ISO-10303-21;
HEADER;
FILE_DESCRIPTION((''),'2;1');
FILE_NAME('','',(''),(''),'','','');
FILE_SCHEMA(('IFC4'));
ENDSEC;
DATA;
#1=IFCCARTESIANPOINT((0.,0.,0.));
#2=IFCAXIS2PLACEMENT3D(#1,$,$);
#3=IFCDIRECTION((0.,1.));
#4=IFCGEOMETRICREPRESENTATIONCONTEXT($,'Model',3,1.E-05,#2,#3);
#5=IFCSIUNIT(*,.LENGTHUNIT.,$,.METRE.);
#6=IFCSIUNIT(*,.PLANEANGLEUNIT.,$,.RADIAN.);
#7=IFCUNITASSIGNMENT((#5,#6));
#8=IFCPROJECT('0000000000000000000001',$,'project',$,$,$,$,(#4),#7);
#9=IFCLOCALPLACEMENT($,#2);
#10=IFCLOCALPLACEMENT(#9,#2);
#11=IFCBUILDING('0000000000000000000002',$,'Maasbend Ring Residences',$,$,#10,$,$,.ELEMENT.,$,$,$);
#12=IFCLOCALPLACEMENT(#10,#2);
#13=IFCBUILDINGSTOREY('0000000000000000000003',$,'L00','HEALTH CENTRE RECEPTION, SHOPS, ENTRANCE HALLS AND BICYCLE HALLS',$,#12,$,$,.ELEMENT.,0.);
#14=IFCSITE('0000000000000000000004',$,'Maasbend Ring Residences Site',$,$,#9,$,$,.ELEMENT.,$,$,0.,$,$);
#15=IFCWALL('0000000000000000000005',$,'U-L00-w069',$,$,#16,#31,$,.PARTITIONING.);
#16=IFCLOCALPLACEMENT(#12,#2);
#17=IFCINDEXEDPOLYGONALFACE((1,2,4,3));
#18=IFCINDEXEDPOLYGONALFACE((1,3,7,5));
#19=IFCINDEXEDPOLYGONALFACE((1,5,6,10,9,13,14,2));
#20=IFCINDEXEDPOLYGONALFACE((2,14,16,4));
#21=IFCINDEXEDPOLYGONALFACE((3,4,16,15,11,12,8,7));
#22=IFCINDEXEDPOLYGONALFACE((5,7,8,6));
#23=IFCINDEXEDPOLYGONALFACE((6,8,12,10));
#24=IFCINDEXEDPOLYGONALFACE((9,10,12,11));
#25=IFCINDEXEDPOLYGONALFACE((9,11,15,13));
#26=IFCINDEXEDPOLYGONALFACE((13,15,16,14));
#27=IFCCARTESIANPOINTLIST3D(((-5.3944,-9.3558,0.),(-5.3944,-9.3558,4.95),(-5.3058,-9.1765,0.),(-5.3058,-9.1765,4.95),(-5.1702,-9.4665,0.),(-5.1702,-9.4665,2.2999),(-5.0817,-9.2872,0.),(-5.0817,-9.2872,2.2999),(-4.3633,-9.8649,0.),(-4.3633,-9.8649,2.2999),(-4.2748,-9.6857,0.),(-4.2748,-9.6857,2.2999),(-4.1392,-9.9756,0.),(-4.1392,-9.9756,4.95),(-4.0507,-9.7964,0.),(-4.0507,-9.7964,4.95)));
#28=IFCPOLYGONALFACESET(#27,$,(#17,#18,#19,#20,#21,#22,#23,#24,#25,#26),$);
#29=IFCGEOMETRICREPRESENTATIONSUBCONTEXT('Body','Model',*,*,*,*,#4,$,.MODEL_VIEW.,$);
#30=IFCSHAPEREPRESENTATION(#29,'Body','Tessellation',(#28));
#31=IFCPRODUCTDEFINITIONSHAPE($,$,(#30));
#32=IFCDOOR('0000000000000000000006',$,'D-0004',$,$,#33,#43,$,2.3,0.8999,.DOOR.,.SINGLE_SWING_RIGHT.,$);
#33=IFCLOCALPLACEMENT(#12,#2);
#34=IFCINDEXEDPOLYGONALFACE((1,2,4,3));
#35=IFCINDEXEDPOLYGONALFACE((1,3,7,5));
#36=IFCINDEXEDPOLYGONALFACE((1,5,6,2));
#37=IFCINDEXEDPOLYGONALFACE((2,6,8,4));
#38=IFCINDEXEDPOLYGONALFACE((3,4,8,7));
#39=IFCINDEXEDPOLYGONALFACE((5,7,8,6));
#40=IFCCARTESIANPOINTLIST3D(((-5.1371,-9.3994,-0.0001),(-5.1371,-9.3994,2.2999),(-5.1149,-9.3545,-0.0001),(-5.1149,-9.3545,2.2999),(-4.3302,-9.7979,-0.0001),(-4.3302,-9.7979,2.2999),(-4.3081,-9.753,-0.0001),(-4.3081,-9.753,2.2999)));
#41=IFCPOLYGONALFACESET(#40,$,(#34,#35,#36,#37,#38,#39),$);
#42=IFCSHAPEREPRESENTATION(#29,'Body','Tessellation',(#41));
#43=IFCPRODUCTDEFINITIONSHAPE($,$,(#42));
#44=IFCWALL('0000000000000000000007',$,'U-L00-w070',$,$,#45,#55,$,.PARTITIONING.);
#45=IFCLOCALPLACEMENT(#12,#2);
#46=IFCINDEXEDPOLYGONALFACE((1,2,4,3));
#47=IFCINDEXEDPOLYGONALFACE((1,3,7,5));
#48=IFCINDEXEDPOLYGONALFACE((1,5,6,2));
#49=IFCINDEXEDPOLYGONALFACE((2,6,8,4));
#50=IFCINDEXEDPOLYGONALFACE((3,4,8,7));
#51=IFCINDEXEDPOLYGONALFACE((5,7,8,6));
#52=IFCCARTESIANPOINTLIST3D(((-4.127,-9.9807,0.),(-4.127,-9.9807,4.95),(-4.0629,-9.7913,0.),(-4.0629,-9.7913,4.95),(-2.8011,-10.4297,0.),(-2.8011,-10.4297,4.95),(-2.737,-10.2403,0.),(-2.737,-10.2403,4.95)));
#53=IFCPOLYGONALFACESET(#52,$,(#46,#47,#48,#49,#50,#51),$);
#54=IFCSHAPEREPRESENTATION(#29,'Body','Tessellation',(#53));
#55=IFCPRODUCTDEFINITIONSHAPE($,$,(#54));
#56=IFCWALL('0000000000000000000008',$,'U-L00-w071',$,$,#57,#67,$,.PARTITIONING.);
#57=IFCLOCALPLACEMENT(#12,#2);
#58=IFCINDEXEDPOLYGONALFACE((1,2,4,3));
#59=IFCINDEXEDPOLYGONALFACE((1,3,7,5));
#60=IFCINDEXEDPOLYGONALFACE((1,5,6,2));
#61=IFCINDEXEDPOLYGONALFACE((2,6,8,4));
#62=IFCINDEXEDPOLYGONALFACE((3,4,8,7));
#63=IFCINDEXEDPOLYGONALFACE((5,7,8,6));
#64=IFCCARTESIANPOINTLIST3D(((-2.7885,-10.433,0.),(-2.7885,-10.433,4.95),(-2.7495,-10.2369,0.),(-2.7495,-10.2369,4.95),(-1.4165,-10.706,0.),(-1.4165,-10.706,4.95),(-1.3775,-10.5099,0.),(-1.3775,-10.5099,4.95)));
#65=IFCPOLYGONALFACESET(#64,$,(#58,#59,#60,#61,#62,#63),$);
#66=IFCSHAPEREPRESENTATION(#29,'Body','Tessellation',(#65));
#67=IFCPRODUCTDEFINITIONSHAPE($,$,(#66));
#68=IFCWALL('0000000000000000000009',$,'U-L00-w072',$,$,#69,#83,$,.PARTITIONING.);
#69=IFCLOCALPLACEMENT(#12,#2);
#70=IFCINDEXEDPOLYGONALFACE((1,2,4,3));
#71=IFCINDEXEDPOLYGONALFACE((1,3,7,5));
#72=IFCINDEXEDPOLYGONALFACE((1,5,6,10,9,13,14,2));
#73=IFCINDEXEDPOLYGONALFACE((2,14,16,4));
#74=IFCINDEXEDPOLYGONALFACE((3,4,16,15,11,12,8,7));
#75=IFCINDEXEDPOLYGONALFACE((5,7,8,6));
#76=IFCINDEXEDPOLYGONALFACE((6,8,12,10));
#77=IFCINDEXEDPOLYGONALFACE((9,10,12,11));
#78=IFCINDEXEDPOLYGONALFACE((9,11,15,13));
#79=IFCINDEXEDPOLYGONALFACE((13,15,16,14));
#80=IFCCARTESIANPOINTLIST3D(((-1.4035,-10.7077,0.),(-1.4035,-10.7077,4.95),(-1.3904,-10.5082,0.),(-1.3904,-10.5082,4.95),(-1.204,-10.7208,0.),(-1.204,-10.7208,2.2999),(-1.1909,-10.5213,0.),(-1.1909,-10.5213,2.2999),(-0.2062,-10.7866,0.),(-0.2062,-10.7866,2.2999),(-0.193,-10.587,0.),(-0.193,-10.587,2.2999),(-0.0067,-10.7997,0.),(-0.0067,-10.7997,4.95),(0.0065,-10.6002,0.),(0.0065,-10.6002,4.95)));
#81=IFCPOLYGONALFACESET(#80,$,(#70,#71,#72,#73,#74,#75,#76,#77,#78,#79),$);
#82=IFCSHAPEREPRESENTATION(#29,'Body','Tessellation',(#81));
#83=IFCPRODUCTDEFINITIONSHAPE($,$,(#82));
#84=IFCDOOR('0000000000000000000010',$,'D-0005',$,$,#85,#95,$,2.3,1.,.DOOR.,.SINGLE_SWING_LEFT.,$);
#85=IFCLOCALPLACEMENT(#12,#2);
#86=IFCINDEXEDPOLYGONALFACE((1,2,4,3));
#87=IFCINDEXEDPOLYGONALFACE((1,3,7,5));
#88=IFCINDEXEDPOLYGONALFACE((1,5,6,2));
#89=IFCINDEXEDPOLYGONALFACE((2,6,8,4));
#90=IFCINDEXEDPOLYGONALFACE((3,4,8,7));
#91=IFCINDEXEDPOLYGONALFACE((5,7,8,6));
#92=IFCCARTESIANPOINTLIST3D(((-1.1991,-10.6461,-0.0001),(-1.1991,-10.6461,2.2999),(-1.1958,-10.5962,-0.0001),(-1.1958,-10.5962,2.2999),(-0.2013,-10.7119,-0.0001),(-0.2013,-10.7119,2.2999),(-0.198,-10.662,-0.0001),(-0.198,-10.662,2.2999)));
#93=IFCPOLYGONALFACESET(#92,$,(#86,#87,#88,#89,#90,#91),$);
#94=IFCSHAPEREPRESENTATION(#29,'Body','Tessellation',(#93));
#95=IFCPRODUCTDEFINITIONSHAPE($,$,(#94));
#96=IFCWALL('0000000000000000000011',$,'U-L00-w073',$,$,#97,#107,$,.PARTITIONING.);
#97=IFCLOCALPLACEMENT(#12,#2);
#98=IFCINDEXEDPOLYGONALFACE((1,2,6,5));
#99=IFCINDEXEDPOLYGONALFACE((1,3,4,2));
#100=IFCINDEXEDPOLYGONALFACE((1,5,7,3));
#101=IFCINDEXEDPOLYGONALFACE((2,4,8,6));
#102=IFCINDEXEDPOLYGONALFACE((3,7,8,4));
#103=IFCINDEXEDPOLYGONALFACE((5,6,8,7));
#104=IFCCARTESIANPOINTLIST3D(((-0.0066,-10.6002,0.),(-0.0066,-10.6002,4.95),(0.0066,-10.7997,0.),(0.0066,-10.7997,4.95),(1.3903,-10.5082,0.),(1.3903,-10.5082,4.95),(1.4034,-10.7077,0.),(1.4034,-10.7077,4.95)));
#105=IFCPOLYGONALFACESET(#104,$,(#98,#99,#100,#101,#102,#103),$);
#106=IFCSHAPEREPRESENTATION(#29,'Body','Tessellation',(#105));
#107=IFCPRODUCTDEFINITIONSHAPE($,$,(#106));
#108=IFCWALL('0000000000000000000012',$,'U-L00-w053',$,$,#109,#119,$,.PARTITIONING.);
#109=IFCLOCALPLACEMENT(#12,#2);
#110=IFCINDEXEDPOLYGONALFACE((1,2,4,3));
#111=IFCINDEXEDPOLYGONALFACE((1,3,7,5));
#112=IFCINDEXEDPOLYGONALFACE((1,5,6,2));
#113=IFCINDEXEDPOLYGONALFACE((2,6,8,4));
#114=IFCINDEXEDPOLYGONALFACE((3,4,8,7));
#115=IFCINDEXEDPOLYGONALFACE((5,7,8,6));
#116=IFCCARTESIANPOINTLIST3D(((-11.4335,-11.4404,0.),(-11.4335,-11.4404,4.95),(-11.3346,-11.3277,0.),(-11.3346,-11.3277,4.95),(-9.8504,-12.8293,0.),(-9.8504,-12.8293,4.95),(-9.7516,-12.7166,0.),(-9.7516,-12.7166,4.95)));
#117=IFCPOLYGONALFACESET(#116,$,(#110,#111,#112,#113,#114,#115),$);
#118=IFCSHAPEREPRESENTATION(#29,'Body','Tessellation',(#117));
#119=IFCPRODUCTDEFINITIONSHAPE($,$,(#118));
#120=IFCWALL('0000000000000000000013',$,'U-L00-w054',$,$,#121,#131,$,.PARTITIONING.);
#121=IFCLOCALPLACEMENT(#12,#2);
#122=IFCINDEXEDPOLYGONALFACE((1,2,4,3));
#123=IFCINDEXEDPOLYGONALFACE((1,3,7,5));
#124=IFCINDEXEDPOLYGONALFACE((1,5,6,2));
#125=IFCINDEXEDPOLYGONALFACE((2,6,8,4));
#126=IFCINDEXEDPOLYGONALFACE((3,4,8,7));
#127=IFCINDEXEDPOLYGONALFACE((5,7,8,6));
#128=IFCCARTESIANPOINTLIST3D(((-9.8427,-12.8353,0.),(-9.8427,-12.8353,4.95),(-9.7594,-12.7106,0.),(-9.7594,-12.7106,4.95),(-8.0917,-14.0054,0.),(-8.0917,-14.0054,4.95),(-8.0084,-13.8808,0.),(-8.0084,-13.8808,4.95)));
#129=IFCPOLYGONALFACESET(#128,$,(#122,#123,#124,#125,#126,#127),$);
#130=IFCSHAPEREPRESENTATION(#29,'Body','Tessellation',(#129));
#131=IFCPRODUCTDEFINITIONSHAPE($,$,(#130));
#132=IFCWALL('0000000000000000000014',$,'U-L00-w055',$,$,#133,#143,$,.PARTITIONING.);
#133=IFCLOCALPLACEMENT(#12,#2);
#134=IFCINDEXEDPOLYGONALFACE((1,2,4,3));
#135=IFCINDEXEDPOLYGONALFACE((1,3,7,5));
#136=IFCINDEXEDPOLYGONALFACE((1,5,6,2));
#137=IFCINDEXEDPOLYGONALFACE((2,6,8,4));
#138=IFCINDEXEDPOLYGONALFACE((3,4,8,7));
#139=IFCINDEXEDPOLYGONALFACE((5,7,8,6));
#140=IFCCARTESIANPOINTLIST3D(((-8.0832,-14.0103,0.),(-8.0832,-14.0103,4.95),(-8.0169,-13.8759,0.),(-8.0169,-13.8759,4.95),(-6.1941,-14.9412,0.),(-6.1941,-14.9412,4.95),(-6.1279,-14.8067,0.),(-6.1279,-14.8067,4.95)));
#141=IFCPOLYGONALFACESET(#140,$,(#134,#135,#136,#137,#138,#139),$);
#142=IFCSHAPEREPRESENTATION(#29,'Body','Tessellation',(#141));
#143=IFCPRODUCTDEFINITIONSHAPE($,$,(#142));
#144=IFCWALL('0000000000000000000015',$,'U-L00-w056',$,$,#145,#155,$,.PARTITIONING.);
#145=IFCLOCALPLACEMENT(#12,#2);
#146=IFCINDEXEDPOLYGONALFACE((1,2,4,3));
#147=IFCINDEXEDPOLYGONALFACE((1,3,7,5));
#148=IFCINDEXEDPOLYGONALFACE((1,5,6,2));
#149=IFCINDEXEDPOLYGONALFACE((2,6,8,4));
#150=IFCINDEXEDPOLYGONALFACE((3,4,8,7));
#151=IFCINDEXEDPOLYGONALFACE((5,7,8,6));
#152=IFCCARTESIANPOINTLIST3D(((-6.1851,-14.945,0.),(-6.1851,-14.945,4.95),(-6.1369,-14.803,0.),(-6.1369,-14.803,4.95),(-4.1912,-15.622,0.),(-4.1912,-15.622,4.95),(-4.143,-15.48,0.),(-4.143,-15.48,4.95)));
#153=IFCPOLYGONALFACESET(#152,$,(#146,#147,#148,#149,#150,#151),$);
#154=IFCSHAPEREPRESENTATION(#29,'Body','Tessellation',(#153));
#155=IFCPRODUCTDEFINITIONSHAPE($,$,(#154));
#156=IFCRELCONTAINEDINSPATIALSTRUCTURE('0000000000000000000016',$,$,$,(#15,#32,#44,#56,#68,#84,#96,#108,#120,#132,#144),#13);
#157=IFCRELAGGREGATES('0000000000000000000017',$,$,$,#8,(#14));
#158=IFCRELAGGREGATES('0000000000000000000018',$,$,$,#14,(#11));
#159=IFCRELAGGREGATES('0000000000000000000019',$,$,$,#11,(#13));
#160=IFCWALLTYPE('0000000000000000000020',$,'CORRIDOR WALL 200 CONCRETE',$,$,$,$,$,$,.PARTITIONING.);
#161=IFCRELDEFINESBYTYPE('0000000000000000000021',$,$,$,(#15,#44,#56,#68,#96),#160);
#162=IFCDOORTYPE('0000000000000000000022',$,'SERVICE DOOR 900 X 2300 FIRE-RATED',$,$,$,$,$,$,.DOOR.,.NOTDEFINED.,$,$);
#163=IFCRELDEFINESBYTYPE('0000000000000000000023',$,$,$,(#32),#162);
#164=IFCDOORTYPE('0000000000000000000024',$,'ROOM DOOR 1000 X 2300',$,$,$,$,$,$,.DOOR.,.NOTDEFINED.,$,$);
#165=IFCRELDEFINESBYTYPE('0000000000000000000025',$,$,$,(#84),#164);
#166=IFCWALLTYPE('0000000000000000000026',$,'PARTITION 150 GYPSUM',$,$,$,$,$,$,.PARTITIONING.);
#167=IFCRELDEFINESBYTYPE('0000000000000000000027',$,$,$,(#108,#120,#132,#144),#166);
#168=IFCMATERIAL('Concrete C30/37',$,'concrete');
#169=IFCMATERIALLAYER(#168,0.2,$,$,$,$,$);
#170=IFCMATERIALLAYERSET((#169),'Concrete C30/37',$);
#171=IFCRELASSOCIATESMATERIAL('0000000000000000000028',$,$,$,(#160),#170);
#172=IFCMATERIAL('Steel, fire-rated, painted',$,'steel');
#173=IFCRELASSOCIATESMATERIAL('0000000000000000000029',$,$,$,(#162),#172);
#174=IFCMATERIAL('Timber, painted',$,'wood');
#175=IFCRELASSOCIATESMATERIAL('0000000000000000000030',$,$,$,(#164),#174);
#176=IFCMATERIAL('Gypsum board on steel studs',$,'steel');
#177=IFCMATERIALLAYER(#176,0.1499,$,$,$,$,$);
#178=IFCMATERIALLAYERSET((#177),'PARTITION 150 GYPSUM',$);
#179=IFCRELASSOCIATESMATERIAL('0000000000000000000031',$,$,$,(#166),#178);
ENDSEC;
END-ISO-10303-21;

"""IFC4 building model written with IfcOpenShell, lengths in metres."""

from ifc_helpers import new_model, si_unit, direction, frame, frame_2d, origin, place, context, subcontext, project, spatial, rectangle, extrude, material, layer, layer_set, type_object, element, fill, save


model = new_model("IFC4")

# Units and contexts
model_context = context("Model", 3, precision=1e-05, world=origin(), true_north=direction((0.0, 1.0)))
body_context = subcontext(model_context, "Body", "Model", "MODEL_VIEW")
ifc_project = project(units=[si_unit("LENGTHUNIT", "METRE"), si_unit("PLANEANGLEUNIT", "RADIAN")], contexts=[model_context])

# Site, building, storey
site_placement = place(None, origin())
site = spatial("IfcSite", under=ifc_project, at=site_placement, Name="Maasbend Ring Residences Site", CompositionType="ELEMENT", RefElevation=0.0)
building_placement = place(site_placement, origin())
building = spatial("IfcBuilding", under=site, at=building_placement, Name="Maasbend Ring Residences", CompositionType="ELEMENT")
storey_placement = place(building_placement, origin())
storey = spatial("IfcBuildingStorey", under=building, at=storey_placement, Name="L00", Description="HEALTH CENTRE RECEPTION, SHOPS, ENTRANCE HALLS AND BICYCLE HALLS", CompositionType="ELEMENT", Elevation=0.0)

# Shared definitions
ifc_material_1 = material(Name="Concrete C30/37", Category="concrete")
ifc_layer_1 = layer(ifc_material_1, 0.2)
ifc_layer_set_1 = layer_set([ifc_layer_1], Name="Concrete C30/37")
wall_type_1 = type_object("IfcWallType", Name="CORRIDOR WALL 200 CONCRETE", PredefinedType="PARTITIONING", material=ifc_layer_set_1)

# Wall, opening, door
wall_1_placement = place(storey_placement, frame((-5.3501, -9.2661, 0.0), z_axis=(0.0, 0.0, 1.0), x_axis=(0.896614, -0.442813, 0.0)))
wall_1 = element("IfcWall", 1, at=wall_1_placement, inside=storey, type_object=wall_type_1, Name="U-L00-w069", PredefinedType="PARTITIONING", context=body_context, shape_type="SweptSolid", body=[
    extrude(rectangle(XDim=1.3999, YDim=0.2, at=frame_2d((0.7, 0.0))), origin(), (0.0, 0.0, 1.0), 4.95),
])
opening_1_placement = place(wall_1_placement, frame((0.25, 0.0, 0.0)))
opening_1 = element("IfcOpeningElement", 2, at=opening_1_placement, cuts=wall_1, PredefinedType="OPENING", context=body_context, shape_type="SweptSolid", body=[
    extrude(rectangle(XDim=0.8999, YDim=2.3, at=frame_2d((0.45, 1.1499))), frame((0.0, 0.1099, 0.0), z_axis=(0.0, -1.0, 0.0), x_axis=(1.0, 0.0, 0.0)), (0.0, 0.0, 1.0), 0.22),
])
ifc_material_2 = material(Name="Steel, fire-rated, painted", Category="steel")
door_type_1 = type_object("IfcDoorType", Name="SERVICE DOOR 900 X 2300 FIRE-RATED", OperationType="NOTDEFINED", PredefinedType="DOOR", material=ifc_material_2)
door_1_placement = place(opening_1_placement, origin())
door_1 = element("IfcDoor", 3, at=door_1_placement, inside=storey, type_object=door_type_1, Name="D-0004", OperationType="SINGLE_SWING_RIGHT", OverallHeight=2.3, OverallWidth=0.8999, PredefinedType="DOOR", context=body_context, shape_type="SweptSolid", body=[
    extrude(rectangle(XDim=0.8999, YDim=2.3, at=frame_2d((0.45, 1.1499))), frame((0.0, 0.0249, 0.0), z_axis=(0.0, -1.0, 0.0), x_axis=(1.0, 0.0, 0.0)), (0.0, 0.0, 1.0), 0.05),
])
fill(opening_1, door_1)

# Walls
wall_2_placement = place(storey_placement, frame((-4.095, -9.886, 0.0), z_axis=(0.0, 0.0, 1.0), x_axis=(0.947173, -0.320724, 0.0)))
element("IfcWall", 4, at=wall_2_placement, inside=storey, type_object=wall_type_1, Name="U-L00-w070", PredefinedType="PARTITIONING", context=body_context, shape_type="SweptSolid", body=[
    extrude(rectangle(XDim=1.3999, YDim=0.2, at=frame_2d((0.7, 0.0))), origin(), (0.0, 0.0, 1.0), 4.95),
])
wall_3_placement = place(storey_placement, frame((-2.769, -10.335, 0.0), z_axis=(0.0, 0.0, 1.0), x_axis=(0.980782, -0.195109, 0.0)))
element("IfcWall", 5, at=wall_3_placement, inside=storey, type_object=wall_type_1, Name="U-L00-w071", PredefinedType="PARTITIONING", context=body_context, shape_type="SweptSolid", body=[
    extrude(rectangle(XDim=1.3989, YDim=0.2, at=frame_2d((0.6995, 0.0))), origin(), (0.0, 0.0, 1.0), 4.95),
])

# Wall, opening, door
wall_4_placement = place(storey_placement, frame((-1.397, -10.6079, 0.0), z_axis=(0.0, 0.0, 1.0), x_axis=(0.997837, -0.065744, 0.0)))
wall_4 = element("IfcWall", 6, at=wall_4_placement, inside=storey, type_object=wall_type_1, Name="U-L00-w072", PredefinedType="PARTITIONING", context=body_context, shape_type="SweptSolid", body=[
    extrude(rectangle(XDim=1.3999, YDim=0.2, at=frame_2d((0.7, 0.0))), origin(), (0.0, 0.0, 1.0), 4.95),
])
opening_2_placement = place(wall_4_placement, frame((0.2, 0.0, 0.0)))
opening_2 = element("IfcOpeningElement", 7, at=opening_2_placement, cuts=wall_4, PredefinedType="OPENING", context=body_context, shape_type="SweptSolid", body=[
    extrude(rectangle(XDim=1.0, YDim=2.3, at=frame_2d((0.5, 1.1499))), frame((0.0, 0.1099, 0.0), z_axis=(0.0, -1.0, 0.0), x_axis=(1.0, 0.0, 0.0)), (0.0, 0.0, 1.0), 0.22),
])
ifc_material_3 = material(Name="Timber, painted", Category="wood")
door_type_2 = type_object("IfcDoorType", Name="ROOM DOOR 1000 X 2300", OperationType="NOTDEFINED", PredefinedType="DOOR", material=ifc_material_3)
door_2_placement = place(opening_2_placement, origin())
door_2 = element("IfcDoor", 8, at=door_2_placement, inside=storey, type_object=door_type_2, Name="D-0005", OperationType="SINGLE_SWING_LEFT", OverallHeight=2.3, OverallWidth=1.0, PredefinedType="DOOR", context=body_context, shape_type="SweptSolid", body=[
    extrude(rectangle(XDim=1.0, YDim=2.3, at=frame_2d((0.5, 1.1499))), frame((0.0, 0.0249, 0.0), z_axis=(0.0, -1.0, 0.0), x_axis=(1.0, 0.0, 0.0)), (0.0, 0.0, 1.0), 0.05),
])
fill(opening_2, door_2)

# Walls
wall_5_placement = place(storey_placement, frame((0.0, -10.7, 0.0), z_axis=(0.0, 0.0, 1.0), x_axis=(0.997837, 0.065744, 0.0)))
element("IfcWall", 9, at=wall_5_placement, inside=storey, type_object=wall_type_1, Name="U-L00-w073", PredefinedType="PARTITIONING", context=body_context, shape_type="SweptSolid", body=[
    extrude(rectangle(XDim=1.3999, YDim=0.2, at=frame_2d((0.7, 0.0))), origin(), (0.0, 0.0, 1.0), 4.95),
])
ifc_material_4 = material(Name="Gypsum board on steel studs", Category="steel")
ifc_layer_2 = layer(ifc_material_4, 0.1499)
ifc_layer_set_2 = layer_set([ifc_layer_2], Name="PARTITION 150 GYPSUM")
wall_type_2 = type_object("IfcWallType", Name="PARTITION 150 GYPSUM", PredefinedType="PARTITIONING", material=ifc_layer_set_2)
for number, where, z_axis, x_axis, name in (
    (10, (-11.384, -11.384, 0.0), (0.0, 0.0, 1.0), (0.751686, -0.659522, 0.0), "U-L00-w053"),
    (11, (-9.801, -12.7729, 0.0), (0.0, 0.0, 1.0), (0.831426, -0.555636, 0.0), "U-L00-w054"),
    (12, (-8.05, -13.9431, 0.0), (0.0, 0.0, 1.0), (0.897009, -0.442013, 0.0), "U-L00-w055"),
):
    element("IfcWall", number, at=place(storey_placement, frame(where, z_axis=z_axis, x_axis=x_axis)), inside=storey, type_object=wall_type_2, Name=name, PredefinedType="PARTITIONING", context=body_context, shape_type="SweptSolid", body=[
        extrude(rectangle(XDim=2.106, YDim=0.1499, at=frame_2d((1.053, 0.0))), origin(), (0.0, 0.0, 1.0), 4.95),
    ])
wall_6_placement = place(storey_placement, frame((-6.1609, -14.874, 0.0), z_axis=(0.0, 0.0, 1.0), x_axis=(0.946906, -0.32151, 0.0)))
element("IfcWall", 13, at=wall_6_placement, inside=storey, type_object=wall_type_2, Name="U-L00-w056", PredefinedType="PARTITIONING", context=body_context, shape_type="SweptSolid", body=[
    extrude(rectangle(XDim=2.1057, YDim=0.1499, at=frame_2d((1.0527, 0.0))), origin(), (0.0, 0.0, 1.0), 4.95),
])

save(model, "model.ifc")
